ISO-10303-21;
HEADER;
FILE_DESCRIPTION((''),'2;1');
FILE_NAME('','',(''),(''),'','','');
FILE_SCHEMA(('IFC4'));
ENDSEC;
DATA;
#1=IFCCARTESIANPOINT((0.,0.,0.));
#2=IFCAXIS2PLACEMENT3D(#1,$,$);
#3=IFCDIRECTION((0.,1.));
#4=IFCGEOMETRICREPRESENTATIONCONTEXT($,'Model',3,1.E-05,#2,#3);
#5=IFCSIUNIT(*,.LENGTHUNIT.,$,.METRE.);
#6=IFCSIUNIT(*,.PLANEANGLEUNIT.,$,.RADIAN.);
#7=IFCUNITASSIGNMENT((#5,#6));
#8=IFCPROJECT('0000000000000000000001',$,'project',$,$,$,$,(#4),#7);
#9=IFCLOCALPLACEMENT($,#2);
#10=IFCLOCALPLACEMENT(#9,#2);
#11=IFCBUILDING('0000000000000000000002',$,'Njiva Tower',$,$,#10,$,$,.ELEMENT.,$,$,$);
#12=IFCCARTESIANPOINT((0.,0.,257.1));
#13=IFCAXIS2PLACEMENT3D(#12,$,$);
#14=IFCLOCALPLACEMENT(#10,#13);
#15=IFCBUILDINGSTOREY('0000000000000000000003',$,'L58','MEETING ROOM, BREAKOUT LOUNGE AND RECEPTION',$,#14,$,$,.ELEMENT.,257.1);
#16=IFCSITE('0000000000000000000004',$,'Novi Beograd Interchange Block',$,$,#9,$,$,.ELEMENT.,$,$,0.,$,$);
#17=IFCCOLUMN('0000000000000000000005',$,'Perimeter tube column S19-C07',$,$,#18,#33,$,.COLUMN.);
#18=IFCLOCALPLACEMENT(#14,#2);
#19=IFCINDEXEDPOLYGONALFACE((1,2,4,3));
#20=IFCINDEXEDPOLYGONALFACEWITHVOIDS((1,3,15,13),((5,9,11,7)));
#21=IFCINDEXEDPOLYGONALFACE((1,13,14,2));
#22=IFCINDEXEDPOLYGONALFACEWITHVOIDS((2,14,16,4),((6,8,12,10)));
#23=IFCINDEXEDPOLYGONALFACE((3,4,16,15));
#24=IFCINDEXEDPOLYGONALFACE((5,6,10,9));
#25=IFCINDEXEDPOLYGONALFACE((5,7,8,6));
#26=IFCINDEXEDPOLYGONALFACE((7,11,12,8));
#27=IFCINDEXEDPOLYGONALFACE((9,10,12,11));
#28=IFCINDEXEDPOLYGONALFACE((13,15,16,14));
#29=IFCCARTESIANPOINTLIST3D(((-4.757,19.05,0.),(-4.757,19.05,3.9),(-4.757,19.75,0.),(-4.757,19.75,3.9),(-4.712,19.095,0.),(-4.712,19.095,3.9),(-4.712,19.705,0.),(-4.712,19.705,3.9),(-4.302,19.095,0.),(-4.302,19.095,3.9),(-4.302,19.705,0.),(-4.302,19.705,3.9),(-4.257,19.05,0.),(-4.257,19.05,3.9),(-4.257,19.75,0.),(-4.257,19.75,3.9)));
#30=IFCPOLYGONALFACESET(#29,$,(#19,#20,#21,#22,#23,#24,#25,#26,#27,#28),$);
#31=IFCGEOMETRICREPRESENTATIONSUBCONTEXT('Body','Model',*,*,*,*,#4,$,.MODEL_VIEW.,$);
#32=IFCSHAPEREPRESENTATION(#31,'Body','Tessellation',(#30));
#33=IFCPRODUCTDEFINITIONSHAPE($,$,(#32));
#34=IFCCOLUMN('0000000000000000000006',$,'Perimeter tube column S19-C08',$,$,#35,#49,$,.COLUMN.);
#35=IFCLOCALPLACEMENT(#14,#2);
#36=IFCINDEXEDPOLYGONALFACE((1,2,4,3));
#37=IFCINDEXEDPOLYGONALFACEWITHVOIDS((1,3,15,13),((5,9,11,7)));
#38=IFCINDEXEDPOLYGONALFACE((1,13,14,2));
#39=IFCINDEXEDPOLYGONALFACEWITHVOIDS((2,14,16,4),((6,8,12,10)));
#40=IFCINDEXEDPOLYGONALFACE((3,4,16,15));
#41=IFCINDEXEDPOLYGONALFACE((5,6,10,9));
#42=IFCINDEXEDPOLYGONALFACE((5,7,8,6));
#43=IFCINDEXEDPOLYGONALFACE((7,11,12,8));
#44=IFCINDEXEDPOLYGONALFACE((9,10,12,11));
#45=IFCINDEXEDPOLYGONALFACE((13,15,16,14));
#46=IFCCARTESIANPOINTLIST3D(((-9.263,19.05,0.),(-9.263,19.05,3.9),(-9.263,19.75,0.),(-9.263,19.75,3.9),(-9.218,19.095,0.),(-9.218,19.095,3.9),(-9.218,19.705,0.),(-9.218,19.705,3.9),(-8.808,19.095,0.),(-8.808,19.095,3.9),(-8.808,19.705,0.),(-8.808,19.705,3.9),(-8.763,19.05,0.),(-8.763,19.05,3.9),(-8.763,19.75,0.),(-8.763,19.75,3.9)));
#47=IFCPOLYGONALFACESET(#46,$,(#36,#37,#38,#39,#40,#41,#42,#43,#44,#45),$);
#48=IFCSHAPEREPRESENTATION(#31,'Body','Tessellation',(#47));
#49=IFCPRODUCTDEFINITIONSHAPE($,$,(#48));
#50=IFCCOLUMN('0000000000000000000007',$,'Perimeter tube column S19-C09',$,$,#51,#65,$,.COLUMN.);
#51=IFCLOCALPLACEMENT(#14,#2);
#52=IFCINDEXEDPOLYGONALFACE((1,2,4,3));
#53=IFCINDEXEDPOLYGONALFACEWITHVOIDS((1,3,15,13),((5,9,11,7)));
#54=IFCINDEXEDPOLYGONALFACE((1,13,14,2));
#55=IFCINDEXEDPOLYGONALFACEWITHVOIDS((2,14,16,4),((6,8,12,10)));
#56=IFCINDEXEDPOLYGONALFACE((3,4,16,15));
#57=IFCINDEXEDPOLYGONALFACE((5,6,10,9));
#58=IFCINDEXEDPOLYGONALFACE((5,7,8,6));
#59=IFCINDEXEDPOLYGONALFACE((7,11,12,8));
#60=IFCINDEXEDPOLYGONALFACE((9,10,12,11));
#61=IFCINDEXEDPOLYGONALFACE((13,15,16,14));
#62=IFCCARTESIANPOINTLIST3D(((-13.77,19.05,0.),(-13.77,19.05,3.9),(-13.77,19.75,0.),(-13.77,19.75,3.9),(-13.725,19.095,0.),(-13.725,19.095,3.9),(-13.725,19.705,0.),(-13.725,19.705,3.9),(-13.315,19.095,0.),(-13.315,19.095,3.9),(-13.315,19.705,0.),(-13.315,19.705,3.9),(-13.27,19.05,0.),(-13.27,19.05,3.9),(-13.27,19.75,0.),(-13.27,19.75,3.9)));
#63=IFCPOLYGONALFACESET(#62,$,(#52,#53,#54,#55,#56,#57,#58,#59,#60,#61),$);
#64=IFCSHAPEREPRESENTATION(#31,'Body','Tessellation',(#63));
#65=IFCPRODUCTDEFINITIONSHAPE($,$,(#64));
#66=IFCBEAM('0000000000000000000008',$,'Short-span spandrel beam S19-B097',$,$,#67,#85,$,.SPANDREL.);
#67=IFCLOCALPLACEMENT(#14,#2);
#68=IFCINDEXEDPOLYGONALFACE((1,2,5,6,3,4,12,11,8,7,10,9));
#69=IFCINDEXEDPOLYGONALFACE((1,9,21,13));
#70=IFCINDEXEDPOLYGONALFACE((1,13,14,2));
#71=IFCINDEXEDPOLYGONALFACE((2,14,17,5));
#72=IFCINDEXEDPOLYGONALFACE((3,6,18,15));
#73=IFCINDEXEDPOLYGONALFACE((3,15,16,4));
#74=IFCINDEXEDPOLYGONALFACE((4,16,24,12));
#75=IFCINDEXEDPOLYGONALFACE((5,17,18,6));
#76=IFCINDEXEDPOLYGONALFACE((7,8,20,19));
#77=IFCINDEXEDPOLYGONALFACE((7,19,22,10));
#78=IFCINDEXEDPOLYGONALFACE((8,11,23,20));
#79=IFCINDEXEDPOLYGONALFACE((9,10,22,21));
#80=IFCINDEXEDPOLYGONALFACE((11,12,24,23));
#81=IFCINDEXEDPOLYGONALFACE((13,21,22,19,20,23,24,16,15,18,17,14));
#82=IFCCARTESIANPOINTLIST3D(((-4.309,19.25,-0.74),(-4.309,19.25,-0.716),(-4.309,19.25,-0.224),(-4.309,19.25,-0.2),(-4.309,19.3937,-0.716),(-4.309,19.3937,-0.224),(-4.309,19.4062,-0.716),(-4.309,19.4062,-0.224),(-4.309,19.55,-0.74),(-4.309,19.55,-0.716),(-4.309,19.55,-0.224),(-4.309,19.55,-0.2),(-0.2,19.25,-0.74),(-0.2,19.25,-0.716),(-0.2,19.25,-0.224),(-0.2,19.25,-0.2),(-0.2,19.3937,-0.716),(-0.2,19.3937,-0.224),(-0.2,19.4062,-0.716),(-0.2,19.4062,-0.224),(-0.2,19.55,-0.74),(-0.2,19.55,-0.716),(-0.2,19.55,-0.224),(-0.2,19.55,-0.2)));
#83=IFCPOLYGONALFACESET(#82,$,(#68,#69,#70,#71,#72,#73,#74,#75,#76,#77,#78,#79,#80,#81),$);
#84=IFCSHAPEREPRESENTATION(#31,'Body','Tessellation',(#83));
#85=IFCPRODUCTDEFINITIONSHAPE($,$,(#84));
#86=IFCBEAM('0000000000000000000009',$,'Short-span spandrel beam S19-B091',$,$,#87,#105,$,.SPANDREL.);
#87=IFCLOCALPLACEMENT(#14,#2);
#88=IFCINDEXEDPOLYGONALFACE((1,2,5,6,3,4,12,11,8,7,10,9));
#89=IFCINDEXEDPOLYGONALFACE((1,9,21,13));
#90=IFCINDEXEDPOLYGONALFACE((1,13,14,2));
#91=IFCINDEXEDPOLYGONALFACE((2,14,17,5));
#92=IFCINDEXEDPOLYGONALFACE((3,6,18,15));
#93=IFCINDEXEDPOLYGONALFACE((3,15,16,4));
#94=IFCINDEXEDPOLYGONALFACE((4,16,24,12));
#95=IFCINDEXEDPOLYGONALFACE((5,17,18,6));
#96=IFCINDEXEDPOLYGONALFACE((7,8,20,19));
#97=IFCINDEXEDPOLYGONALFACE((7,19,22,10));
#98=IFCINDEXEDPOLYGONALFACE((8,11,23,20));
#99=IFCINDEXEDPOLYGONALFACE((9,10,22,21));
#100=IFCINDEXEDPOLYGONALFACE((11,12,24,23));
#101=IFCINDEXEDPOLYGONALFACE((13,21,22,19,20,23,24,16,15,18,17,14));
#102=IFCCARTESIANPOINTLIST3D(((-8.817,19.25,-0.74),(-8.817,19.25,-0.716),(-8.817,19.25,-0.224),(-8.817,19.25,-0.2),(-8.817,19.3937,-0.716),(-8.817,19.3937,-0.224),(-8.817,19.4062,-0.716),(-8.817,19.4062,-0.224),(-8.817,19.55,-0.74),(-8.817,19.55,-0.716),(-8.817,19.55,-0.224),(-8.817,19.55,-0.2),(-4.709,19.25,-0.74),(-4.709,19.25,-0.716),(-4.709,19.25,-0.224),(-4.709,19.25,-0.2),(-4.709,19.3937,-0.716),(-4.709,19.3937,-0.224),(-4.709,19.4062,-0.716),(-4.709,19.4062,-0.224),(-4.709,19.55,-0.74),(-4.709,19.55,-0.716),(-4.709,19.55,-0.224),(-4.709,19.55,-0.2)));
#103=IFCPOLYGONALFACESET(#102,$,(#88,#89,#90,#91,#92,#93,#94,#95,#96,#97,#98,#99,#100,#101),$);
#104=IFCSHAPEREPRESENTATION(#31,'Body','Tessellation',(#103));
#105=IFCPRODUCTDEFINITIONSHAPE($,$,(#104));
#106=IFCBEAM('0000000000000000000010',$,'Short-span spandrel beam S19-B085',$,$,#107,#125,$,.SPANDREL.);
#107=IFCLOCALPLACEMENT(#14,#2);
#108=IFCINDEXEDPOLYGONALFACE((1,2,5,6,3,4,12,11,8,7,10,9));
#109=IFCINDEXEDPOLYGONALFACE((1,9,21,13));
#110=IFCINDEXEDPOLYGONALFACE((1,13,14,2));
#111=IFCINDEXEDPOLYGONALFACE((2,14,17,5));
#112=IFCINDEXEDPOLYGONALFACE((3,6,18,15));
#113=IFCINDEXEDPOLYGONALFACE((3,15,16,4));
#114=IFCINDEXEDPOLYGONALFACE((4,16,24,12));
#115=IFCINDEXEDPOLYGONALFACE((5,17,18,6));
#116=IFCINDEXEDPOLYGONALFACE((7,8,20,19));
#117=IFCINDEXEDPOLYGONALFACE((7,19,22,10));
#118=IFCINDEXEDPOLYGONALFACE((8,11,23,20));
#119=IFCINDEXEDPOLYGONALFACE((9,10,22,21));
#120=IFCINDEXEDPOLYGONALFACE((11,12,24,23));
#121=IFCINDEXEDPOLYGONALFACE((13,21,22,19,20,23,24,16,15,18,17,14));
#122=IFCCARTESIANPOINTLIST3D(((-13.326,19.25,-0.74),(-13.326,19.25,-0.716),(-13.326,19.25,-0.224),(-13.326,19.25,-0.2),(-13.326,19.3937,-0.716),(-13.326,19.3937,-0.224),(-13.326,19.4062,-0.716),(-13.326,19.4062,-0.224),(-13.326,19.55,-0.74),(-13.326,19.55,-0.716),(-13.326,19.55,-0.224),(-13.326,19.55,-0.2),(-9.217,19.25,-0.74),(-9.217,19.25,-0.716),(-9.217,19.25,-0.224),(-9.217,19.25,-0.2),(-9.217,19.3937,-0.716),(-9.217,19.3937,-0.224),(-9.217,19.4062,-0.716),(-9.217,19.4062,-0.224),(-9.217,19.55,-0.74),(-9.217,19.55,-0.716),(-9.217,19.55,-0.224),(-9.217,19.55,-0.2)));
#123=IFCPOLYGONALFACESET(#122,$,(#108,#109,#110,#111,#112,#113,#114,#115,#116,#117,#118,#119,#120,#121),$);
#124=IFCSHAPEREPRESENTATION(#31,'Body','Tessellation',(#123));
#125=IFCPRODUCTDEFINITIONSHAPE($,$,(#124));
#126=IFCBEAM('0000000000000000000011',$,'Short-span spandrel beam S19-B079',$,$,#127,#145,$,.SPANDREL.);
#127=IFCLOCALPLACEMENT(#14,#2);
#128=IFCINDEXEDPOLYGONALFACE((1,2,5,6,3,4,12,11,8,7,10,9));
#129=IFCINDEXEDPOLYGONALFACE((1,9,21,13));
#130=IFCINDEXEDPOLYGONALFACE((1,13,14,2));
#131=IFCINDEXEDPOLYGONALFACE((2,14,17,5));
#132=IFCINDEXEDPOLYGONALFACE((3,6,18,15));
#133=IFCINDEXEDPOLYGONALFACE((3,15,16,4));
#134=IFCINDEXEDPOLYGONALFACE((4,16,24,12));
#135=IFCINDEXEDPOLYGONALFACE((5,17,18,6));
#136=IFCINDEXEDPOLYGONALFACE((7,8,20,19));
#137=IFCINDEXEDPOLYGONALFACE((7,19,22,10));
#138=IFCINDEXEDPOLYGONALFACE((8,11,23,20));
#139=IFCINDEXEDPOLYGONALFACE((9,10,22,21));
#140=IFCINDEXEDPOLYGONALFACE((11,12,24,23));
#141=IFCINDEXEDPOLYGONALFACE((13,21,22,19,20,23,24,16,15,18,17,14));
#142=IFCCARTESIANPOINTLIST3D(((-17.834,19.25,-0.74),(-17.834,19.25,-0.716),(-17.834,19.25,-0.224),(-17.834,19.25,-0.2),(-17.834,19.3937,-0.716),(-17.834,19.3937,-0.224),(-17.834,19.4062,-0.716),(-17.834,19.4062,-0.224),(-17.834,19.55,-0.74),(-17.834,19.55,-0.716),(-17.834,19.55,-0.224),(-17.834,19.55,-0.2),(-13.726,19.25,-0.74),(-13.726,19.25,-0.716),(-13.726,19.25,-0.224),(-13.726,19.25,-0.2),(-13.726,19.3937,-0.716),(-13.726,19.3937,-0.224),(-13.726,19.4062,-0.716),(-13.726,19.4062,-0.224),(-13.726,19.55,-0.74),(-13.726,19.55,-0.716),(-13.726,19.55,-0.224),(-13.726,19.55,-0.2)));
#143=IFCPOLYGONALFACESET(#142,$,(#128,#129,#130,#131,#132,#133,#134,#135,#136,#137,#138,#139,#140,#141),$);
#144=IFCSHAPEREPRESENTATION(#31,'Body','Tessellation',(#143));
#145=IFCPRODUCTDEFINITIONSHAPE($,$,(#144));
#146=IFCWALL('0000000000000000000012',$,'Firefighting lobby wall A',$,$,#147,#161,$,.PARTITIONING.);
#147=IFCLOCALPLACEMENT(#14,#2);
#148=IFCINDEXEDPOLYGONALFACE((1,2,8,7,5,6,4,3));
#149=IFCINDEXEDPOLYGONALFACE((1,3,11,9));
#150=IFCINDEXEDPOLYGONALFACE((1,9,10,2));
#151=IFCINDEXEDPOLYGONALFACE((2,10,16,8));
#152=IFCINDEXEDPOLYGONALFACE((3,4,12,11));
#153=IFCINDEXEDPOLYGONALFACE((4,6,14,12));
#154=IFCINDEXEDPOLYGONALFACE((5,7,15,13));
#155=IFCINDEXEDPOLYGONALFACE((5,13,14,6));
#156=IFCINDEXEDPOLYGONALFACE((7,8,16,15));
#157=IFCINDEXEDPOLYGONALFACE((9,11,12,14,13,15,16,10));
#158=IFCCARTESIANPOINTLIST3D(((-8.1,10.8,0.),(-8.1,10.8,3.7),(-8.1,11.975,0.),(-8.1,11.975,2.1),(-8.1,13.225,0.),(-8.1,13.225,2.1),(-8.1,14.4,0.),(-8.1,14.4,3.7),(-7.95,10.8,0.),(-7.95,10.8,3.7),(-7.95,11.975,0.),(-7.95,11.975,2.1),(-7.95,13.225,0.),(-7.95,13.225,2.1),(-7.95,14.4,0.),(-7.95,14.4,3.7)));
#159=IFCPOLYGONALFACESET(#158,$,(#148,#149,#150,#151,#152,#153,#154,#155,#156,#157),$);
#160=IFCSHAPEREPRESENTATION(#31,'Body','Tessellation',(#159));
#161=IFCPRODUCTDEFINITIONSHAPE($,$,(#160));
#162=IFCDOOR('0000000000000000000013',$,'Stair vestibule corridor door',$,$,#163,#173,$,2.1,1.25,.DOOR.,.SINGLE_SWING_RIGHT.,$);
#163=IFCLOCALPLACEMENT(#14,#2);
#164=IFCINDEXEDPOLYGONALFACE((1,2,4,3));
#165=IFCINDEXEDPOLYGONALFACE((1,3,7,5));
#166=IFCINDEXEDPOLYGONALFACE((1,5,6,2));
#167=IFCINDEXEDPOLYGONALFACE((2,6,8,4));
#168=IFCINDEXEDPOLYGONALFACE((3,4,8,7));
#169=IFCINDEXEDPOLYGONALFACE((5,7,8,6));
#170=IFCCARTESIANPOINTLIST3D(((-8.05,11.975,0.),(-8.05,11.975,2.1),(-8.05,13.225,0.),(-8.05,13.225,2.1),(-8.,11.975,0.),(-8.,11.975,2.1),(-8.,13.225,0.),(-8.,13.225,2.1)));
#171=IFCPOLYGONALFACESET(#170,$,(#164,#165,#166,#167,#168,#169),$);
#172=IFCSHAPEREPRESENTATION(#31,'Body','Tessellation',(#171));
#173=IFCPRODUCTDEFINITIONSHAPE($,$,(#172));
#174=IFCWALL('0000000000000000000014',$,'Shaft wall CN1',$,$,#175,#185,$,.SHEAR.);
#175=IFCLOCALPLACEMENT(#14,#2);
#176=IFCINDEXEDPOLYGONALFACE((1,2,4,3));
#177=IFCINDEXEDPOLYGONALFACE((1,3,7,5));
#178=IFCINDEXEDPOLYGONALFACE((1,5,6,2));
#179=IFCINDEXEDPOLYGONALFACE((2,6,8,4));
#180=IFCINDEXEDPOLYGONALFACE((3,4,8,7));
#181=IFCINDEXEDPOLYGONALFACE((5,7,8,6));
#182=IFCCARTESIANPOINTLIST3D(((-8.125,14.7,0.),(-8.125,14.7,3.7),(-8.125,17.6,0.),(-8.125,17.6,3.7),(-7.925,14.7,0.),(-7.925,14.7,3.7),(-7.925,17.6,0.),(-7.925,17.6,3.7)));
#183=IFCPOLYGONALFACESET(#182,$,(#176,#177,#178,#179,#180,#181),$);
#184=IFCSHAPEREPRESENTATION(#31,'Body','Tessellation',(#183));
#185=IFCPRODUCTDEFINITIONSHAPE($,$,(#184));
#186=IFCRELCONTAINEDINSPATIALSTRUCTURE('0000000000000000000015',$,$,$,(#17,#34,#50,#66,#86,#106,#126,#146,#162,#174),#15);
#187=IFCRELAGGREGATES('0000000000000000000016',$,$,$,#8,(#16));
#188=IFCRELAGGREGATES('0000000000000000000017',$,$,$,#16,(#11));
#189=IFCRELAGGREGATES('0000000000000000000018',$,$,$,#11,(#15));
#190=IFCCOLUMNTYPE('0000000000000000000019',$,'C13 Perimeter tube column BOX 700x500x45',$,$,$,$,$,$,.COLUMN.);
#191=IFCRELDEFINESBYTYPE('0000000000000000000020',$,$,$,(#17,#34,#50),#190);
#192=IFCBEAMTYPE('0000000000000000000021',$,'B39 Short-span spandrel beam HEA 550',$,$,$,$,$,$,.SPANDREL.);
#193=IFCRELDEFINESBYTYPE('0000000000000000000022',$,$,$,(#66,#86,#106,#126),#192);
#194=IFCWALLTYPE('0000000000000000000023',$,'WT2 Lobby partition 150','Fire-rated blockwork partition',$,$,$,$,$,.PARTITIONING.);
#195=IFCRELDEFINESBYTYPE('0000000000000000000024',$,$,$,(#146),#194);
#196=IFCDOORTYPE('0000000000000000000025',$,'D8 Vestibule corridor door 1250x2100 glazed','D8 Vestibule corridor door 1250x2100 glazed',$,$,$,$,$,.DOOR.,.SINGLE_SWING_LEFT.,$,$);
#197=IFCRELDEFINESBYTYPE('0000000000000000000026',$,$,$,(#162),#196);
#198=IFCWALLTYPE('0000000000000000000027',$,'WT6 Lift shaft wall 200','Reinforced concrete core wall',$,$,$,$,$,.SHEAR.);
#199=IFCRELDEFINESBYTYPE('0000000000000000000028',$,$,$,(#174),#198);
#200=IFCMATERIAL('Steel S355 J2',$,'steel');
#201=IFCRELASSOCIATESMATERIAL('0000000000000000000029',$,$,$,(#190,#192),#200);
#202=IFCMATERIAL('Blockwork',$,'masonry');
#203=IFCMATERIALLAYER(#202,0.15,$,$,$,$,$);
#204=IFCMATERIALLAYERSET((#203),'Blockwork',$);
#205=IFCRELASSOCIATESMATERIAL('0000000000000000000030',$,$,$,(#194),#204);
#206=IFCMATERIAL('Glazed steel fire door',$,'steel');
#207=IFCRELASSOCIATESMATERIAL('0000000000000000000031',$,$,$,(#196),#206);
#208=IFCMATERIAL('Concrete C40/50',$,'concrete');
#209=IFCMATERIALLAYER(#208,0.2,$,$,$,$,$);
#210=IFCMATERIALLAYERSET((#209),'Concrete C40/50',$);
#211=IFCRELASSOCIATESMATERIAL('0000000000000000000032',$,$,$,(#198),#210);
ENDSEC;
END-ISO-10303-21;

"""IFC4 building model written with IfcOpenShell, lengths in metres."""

from ifc_helpers import new_model, si_unit, direction, frame, frame_2d, origin, origin_2d, place, context, subcontext, project, spatial, rectangle, hollow_rectangle, i_section, extrude, material, layer, layer_set, material_profile, profile_set, type_object, element, fill, save


model = new_model("IFC4")

# Units and contexts
model_context = context("Model", 3, precision=1e-05, world=origin(), true_north=direction((0.0, 1.0)))
body_context = subcontext(model_context, "Body", "Model", "MODEL_VIEW")
ifc_project = project(units=[si_unit("LENGTHUNIT", "METRE"), si_unit("PLANEANGLEUNIT", "RADIAN")], contexts=[model_context])

# Site, building, storey
site_placement = place(None, origin())
site = spatial("IfcSite", under=ifc_project, at=site_placement, Name="Novi Beograd Interchange Block", CompositionType="ELEMENT", RefElevation=0.0)
building_placement = place(site_placement, origin())
building = spatial("IfcBuilding", under=site, at=building_placement, Name="Njiva Tower", CompositionType="ELEMENT")
storey_placement = place(building_placement, frame((0.0, 0.0, 257.1)))
storey = spatial("IfcBuildingStorey", under=building, at=storey_placement, Name="L58", Description="MEETING ROOM, BREAKOUT LOUNGE AND RECEPTION", CompositionType="ELEMENT", Elevation=257.1)

# Columns
ifc_material_1 = material(Name="Steel S355 J2", Category="steel")
ifc_material_profile_1 = material_profile(ifc_material_1, hollow_rectangle(XDim=0.5, YDim=0.7, WallThickness=0.045, at=origin_2d()), Name="BOX 700x500x45")
ifc_profile_set_1 = profile_set([ifc_material_profile_1], Name="Steel S355 J2")
column_type = type_object("IfcColumnType", Name="C13 Perimeter tube column BOX 700x500x45", PredefinedType="COLUMN", material=ifc_profile_set_1)
for number, where, z_axis, x_axis, name in (
    (1, (-4.507, 19.4, 0.0), (0.0, 0.0, 1.0), (-1.0, 0.0, 0.0), "Perimeter tube column S19-C07"),
    (2, (-9.013, 19.4, 0.0), (0.0, 0.0, 1.0), (-1.0, 0.0, 0.0), "Perimeter tube column S19-C08"),
    (3, (-13.52, 19.4, 0.0), (0.0, 0.0, 1.0), (-1.0, 0.0, 0.0), "Perimeter tube column S19-C09"),
):
    element("IfcColumn", number, at=place(storey_placement, frame(where, z_axis=z_axis, x_axis=x_axis)), inside=storey, type_object=column_type, Name=name, PredefinedType="COLUMN", context=body_context, shape_type="SweptSolid", body=[
        extrude(hollow_rectangle(XDim=0.5, YDim=0.7, WallThickness=0.045, at=origin_2d()), origin(), (0.0, 0.0, 1.0), 3.9),
    ])

# Beams
ifc_material_profile_2 = material_profile(ifc_material_1, i_section(OverallWidth=0.3, OverallDepth=0.54, WebThickness=0.0125, FlangeThickness=0.024, at=origin_2d()), Name="HEA 550")
ifc_profile_set_2 = profile_set([ifc_material_profile_2], Name="Steel S355 J2")
beam_type = type_object("IfcBeamType", Name="B39 Short-span spandrel beam HEA 550", PredefinedType="SPANDREL", material=ifc_profile_set_2)
beam_1_placement = place(storey_placement, frame((-0.2, 19.4, -0.47), z_axis=(-1.0, 0.0, 0.0), x_axis=(0.0, -1.0, 0.0)))
element("IfcBeam", 4, at=beam_1_placement, inside=storey, type_object=beam_type, Name="Short-span spandrel beam S19-B097", PredefinedType="SPANDREL", context=body_context, shape_type="SweptSolid", body=[
    extrude(i_section(OverallWidth=0.3, OverallDepth=0.54, WebThickness=0.0125, FlangeThickness=0.024, at=origin_2d()), origin(), (0.0, 0.0, 1.0), 4.109),
])
beam_2_placement = place(storey_placement, frame((-4.709, 19.4, -0.47), z_axis=(-1.0, 0.0, 0.0), x_axis=(0.0, -1.0, 0.0)))
element("IfcBeam", 5, at=beam_2_placement, inside=storey, type_object=beam_type, Name="Short-span spandrel beam S19-B091", PredefinedType="SPANDREL", context=body_context, shape_type="SweptSolid", body=[
    extrude(i_section(OverallWidth=0.3, OverallDepth=0.54, WebThickness=0.0125, FlangeThickness=0.024, at=origin_2d()), origin(), (0.0, 0.0, 1.0), 4.108),
])
beam_3_placement = place(storey_placement, frame((-9.217, 19.4, -0.47), z_axis=(-1.0, 0.0, 0.0), x_axis=(0.0, -1.0, 0.0)))
element("IfcBeam", 6, at=beam_3_placement, inside=storey, type_object=beam_type, Name="Short-span spandrel beam S19-B085", PredefinedType="SPANDREL", context=body_context, shape_type="SweptSolid", body=[
    extrude(i_section(OverallWidth=0.3, OverallDepth=0.54, WebThickness=0.0125, FlangeThickness=0.024, at=origin_2d()), origin(), (0.0, 0.0, 1.0), 4.109),
])
beam_4_placement = place(storey_placement, frame((-13.726, 19.4, -0.47), z_axis=(-1.0, 0.0, 0.0), x_axis=(0.0, -1.0, 0.0)))
element("IfcBeam", 7, at=beam_4_placement, inside=storey, type_object=beam_type, Name="Short-span spandrel beam S19-B079", PredefinedType="SPANDREL", context=body_context, shape_type="SweptSolid", body=[
    extrude(i_section(OverallWidth=0.3, OverallDepth=0.54, WebThickness=0.0125, FlangeThickness=0.024, at=origin_2d()), origin(), (0.0, 0.0, 1.0), 4.108),
])

# Wall, opening, door
ifc_material_2 = material(Name="Blockwork", Category="masonry")
ifc_layer_1 = layer(ifc_material_2, 0.15)
ifc_layer_set_1 = layer_set([ifc_layer_1], Name="Blockwork")
wall_type_1 = type_object("IfcWallType", Name="WT2 Lobby partition 150", Description="Fire-rated blockwork partition", PredefinedType="PARTITIONING", material=ifc_layer_set_1)
wall_1_placement = place(storey_placement, frame((-8.025, 10.8, 0.0), z_axis=(0.0, 0.0, 1.0), x_axis=(0.0, 1.0, 0.0)))
wall_1 = element("IfcWall", 8, at=wall_1_placement, inside=storey, type_object=wall_type_1, Name="Firefighting lobby wall A", PredefinedType="PARTITIONING", context=body_context, shape_type="SweptSolid", body=[
    extrude(rectangle(XDim=3.6, YDim=0.15, at=frame_2d((1.8, 0.0))), origin(), (0.0, 0.0, 1.0), 3.7),
])
opening_1_placement = place(wall_1_placement, frame((1.175, 0.0, 0.0)))
opening_1 = element("IfcOpeningElement", 9, at=opening_1_placement, cuts=wall_1, PredefinedType="OPENING", context=body_context, shape_type="SweptSolid", body=[
    extrude(rectangle(XDim=1.25, YDim=2.1, at=frame_2d((0.625, 1.05))), frame((0.0, 0.085, 0.0), z_axis=(0.0, -1.0, 0.0), x_axis=(1.0, 0.0, 0.0)), (0.0, 0.0, 1.0), 0.17),
])
ifc_material_3 = material(Name="Glazed steel fire door", Category="steel")
door_type_1 = type_object("IfcDoorType", Name="D8 Vestibule corridor door 1250x2100 glazed", Description="D8 Vestibule corridor door 1250x2100 glazed", OperationType="SINGLE_SWING_LEFT", PredefinedType="DOOR", material=ifc_material_3)
door_1_placement = place(opening_1_placement, origin())
door_1 = element("IfcDoor", 10, at=door_1_placement, inside=storey, type_object=door_type_1, Name="Stair vestibule corridor door", OperationType="SINGLE_SWING_RIGHT", OverallHeight=2.1, OverallWidth=1.25, PredefinedType="DOOR", context=body_context, shape_type="SweptSolid", body=[
    extrude(rectangle(XDim=1.25, YDim=2.1, at=frame_2d((0.625, 1.05))), frame((0.0, 0.025, 0.0), z_axis=(0.0, -1.0, 0.0), x_axis=(1.0, 0.0, 0.0)), (0.0, 0.0, 1.0), 0.05),
])
fill(opening_1, door_1)

# Wall
ifc_material_4 = material(Name="Concrete C40/50", Category="concrete")
ifc_layer_2 = layer(ifc_material_4, 0.2)
ifc_layer_set_2 = layer_set([ifc_layer_2], Name="Concrete C40/50")
wall_type_2 = type_object("IfcWallType", Name="WT6 Lift shaft wall 200", Description="Reinforced concrete core wall", PredefinedType="SHEAR", material=ifc_layer_set_2)
for number, where, z_axis, x_axis, name in (
    (11, (-8.025, 14.7, 0.0), (0.0, 0.0, 1.0), (0.0, 1.0, 0.0), "Shaft wall CN1"),
):
    element("IfcWall", number, at=place(storey_placement, frame(where, z_axis=z_axis, x_axis=x_axis)), inside=storey, type_object=wall_type_2, Name=name, PredefinedType="SHEAR", context=body_context, shape_type="SweptSolid", body=[
        extrude(rectangle(XDim=2.9, YDim=0.2, at=frame_2d((1.45, 0.0))), origin(), (0.0, 0.0, 1.0), 3.7),
    ])

save(model, "model.ifc")
